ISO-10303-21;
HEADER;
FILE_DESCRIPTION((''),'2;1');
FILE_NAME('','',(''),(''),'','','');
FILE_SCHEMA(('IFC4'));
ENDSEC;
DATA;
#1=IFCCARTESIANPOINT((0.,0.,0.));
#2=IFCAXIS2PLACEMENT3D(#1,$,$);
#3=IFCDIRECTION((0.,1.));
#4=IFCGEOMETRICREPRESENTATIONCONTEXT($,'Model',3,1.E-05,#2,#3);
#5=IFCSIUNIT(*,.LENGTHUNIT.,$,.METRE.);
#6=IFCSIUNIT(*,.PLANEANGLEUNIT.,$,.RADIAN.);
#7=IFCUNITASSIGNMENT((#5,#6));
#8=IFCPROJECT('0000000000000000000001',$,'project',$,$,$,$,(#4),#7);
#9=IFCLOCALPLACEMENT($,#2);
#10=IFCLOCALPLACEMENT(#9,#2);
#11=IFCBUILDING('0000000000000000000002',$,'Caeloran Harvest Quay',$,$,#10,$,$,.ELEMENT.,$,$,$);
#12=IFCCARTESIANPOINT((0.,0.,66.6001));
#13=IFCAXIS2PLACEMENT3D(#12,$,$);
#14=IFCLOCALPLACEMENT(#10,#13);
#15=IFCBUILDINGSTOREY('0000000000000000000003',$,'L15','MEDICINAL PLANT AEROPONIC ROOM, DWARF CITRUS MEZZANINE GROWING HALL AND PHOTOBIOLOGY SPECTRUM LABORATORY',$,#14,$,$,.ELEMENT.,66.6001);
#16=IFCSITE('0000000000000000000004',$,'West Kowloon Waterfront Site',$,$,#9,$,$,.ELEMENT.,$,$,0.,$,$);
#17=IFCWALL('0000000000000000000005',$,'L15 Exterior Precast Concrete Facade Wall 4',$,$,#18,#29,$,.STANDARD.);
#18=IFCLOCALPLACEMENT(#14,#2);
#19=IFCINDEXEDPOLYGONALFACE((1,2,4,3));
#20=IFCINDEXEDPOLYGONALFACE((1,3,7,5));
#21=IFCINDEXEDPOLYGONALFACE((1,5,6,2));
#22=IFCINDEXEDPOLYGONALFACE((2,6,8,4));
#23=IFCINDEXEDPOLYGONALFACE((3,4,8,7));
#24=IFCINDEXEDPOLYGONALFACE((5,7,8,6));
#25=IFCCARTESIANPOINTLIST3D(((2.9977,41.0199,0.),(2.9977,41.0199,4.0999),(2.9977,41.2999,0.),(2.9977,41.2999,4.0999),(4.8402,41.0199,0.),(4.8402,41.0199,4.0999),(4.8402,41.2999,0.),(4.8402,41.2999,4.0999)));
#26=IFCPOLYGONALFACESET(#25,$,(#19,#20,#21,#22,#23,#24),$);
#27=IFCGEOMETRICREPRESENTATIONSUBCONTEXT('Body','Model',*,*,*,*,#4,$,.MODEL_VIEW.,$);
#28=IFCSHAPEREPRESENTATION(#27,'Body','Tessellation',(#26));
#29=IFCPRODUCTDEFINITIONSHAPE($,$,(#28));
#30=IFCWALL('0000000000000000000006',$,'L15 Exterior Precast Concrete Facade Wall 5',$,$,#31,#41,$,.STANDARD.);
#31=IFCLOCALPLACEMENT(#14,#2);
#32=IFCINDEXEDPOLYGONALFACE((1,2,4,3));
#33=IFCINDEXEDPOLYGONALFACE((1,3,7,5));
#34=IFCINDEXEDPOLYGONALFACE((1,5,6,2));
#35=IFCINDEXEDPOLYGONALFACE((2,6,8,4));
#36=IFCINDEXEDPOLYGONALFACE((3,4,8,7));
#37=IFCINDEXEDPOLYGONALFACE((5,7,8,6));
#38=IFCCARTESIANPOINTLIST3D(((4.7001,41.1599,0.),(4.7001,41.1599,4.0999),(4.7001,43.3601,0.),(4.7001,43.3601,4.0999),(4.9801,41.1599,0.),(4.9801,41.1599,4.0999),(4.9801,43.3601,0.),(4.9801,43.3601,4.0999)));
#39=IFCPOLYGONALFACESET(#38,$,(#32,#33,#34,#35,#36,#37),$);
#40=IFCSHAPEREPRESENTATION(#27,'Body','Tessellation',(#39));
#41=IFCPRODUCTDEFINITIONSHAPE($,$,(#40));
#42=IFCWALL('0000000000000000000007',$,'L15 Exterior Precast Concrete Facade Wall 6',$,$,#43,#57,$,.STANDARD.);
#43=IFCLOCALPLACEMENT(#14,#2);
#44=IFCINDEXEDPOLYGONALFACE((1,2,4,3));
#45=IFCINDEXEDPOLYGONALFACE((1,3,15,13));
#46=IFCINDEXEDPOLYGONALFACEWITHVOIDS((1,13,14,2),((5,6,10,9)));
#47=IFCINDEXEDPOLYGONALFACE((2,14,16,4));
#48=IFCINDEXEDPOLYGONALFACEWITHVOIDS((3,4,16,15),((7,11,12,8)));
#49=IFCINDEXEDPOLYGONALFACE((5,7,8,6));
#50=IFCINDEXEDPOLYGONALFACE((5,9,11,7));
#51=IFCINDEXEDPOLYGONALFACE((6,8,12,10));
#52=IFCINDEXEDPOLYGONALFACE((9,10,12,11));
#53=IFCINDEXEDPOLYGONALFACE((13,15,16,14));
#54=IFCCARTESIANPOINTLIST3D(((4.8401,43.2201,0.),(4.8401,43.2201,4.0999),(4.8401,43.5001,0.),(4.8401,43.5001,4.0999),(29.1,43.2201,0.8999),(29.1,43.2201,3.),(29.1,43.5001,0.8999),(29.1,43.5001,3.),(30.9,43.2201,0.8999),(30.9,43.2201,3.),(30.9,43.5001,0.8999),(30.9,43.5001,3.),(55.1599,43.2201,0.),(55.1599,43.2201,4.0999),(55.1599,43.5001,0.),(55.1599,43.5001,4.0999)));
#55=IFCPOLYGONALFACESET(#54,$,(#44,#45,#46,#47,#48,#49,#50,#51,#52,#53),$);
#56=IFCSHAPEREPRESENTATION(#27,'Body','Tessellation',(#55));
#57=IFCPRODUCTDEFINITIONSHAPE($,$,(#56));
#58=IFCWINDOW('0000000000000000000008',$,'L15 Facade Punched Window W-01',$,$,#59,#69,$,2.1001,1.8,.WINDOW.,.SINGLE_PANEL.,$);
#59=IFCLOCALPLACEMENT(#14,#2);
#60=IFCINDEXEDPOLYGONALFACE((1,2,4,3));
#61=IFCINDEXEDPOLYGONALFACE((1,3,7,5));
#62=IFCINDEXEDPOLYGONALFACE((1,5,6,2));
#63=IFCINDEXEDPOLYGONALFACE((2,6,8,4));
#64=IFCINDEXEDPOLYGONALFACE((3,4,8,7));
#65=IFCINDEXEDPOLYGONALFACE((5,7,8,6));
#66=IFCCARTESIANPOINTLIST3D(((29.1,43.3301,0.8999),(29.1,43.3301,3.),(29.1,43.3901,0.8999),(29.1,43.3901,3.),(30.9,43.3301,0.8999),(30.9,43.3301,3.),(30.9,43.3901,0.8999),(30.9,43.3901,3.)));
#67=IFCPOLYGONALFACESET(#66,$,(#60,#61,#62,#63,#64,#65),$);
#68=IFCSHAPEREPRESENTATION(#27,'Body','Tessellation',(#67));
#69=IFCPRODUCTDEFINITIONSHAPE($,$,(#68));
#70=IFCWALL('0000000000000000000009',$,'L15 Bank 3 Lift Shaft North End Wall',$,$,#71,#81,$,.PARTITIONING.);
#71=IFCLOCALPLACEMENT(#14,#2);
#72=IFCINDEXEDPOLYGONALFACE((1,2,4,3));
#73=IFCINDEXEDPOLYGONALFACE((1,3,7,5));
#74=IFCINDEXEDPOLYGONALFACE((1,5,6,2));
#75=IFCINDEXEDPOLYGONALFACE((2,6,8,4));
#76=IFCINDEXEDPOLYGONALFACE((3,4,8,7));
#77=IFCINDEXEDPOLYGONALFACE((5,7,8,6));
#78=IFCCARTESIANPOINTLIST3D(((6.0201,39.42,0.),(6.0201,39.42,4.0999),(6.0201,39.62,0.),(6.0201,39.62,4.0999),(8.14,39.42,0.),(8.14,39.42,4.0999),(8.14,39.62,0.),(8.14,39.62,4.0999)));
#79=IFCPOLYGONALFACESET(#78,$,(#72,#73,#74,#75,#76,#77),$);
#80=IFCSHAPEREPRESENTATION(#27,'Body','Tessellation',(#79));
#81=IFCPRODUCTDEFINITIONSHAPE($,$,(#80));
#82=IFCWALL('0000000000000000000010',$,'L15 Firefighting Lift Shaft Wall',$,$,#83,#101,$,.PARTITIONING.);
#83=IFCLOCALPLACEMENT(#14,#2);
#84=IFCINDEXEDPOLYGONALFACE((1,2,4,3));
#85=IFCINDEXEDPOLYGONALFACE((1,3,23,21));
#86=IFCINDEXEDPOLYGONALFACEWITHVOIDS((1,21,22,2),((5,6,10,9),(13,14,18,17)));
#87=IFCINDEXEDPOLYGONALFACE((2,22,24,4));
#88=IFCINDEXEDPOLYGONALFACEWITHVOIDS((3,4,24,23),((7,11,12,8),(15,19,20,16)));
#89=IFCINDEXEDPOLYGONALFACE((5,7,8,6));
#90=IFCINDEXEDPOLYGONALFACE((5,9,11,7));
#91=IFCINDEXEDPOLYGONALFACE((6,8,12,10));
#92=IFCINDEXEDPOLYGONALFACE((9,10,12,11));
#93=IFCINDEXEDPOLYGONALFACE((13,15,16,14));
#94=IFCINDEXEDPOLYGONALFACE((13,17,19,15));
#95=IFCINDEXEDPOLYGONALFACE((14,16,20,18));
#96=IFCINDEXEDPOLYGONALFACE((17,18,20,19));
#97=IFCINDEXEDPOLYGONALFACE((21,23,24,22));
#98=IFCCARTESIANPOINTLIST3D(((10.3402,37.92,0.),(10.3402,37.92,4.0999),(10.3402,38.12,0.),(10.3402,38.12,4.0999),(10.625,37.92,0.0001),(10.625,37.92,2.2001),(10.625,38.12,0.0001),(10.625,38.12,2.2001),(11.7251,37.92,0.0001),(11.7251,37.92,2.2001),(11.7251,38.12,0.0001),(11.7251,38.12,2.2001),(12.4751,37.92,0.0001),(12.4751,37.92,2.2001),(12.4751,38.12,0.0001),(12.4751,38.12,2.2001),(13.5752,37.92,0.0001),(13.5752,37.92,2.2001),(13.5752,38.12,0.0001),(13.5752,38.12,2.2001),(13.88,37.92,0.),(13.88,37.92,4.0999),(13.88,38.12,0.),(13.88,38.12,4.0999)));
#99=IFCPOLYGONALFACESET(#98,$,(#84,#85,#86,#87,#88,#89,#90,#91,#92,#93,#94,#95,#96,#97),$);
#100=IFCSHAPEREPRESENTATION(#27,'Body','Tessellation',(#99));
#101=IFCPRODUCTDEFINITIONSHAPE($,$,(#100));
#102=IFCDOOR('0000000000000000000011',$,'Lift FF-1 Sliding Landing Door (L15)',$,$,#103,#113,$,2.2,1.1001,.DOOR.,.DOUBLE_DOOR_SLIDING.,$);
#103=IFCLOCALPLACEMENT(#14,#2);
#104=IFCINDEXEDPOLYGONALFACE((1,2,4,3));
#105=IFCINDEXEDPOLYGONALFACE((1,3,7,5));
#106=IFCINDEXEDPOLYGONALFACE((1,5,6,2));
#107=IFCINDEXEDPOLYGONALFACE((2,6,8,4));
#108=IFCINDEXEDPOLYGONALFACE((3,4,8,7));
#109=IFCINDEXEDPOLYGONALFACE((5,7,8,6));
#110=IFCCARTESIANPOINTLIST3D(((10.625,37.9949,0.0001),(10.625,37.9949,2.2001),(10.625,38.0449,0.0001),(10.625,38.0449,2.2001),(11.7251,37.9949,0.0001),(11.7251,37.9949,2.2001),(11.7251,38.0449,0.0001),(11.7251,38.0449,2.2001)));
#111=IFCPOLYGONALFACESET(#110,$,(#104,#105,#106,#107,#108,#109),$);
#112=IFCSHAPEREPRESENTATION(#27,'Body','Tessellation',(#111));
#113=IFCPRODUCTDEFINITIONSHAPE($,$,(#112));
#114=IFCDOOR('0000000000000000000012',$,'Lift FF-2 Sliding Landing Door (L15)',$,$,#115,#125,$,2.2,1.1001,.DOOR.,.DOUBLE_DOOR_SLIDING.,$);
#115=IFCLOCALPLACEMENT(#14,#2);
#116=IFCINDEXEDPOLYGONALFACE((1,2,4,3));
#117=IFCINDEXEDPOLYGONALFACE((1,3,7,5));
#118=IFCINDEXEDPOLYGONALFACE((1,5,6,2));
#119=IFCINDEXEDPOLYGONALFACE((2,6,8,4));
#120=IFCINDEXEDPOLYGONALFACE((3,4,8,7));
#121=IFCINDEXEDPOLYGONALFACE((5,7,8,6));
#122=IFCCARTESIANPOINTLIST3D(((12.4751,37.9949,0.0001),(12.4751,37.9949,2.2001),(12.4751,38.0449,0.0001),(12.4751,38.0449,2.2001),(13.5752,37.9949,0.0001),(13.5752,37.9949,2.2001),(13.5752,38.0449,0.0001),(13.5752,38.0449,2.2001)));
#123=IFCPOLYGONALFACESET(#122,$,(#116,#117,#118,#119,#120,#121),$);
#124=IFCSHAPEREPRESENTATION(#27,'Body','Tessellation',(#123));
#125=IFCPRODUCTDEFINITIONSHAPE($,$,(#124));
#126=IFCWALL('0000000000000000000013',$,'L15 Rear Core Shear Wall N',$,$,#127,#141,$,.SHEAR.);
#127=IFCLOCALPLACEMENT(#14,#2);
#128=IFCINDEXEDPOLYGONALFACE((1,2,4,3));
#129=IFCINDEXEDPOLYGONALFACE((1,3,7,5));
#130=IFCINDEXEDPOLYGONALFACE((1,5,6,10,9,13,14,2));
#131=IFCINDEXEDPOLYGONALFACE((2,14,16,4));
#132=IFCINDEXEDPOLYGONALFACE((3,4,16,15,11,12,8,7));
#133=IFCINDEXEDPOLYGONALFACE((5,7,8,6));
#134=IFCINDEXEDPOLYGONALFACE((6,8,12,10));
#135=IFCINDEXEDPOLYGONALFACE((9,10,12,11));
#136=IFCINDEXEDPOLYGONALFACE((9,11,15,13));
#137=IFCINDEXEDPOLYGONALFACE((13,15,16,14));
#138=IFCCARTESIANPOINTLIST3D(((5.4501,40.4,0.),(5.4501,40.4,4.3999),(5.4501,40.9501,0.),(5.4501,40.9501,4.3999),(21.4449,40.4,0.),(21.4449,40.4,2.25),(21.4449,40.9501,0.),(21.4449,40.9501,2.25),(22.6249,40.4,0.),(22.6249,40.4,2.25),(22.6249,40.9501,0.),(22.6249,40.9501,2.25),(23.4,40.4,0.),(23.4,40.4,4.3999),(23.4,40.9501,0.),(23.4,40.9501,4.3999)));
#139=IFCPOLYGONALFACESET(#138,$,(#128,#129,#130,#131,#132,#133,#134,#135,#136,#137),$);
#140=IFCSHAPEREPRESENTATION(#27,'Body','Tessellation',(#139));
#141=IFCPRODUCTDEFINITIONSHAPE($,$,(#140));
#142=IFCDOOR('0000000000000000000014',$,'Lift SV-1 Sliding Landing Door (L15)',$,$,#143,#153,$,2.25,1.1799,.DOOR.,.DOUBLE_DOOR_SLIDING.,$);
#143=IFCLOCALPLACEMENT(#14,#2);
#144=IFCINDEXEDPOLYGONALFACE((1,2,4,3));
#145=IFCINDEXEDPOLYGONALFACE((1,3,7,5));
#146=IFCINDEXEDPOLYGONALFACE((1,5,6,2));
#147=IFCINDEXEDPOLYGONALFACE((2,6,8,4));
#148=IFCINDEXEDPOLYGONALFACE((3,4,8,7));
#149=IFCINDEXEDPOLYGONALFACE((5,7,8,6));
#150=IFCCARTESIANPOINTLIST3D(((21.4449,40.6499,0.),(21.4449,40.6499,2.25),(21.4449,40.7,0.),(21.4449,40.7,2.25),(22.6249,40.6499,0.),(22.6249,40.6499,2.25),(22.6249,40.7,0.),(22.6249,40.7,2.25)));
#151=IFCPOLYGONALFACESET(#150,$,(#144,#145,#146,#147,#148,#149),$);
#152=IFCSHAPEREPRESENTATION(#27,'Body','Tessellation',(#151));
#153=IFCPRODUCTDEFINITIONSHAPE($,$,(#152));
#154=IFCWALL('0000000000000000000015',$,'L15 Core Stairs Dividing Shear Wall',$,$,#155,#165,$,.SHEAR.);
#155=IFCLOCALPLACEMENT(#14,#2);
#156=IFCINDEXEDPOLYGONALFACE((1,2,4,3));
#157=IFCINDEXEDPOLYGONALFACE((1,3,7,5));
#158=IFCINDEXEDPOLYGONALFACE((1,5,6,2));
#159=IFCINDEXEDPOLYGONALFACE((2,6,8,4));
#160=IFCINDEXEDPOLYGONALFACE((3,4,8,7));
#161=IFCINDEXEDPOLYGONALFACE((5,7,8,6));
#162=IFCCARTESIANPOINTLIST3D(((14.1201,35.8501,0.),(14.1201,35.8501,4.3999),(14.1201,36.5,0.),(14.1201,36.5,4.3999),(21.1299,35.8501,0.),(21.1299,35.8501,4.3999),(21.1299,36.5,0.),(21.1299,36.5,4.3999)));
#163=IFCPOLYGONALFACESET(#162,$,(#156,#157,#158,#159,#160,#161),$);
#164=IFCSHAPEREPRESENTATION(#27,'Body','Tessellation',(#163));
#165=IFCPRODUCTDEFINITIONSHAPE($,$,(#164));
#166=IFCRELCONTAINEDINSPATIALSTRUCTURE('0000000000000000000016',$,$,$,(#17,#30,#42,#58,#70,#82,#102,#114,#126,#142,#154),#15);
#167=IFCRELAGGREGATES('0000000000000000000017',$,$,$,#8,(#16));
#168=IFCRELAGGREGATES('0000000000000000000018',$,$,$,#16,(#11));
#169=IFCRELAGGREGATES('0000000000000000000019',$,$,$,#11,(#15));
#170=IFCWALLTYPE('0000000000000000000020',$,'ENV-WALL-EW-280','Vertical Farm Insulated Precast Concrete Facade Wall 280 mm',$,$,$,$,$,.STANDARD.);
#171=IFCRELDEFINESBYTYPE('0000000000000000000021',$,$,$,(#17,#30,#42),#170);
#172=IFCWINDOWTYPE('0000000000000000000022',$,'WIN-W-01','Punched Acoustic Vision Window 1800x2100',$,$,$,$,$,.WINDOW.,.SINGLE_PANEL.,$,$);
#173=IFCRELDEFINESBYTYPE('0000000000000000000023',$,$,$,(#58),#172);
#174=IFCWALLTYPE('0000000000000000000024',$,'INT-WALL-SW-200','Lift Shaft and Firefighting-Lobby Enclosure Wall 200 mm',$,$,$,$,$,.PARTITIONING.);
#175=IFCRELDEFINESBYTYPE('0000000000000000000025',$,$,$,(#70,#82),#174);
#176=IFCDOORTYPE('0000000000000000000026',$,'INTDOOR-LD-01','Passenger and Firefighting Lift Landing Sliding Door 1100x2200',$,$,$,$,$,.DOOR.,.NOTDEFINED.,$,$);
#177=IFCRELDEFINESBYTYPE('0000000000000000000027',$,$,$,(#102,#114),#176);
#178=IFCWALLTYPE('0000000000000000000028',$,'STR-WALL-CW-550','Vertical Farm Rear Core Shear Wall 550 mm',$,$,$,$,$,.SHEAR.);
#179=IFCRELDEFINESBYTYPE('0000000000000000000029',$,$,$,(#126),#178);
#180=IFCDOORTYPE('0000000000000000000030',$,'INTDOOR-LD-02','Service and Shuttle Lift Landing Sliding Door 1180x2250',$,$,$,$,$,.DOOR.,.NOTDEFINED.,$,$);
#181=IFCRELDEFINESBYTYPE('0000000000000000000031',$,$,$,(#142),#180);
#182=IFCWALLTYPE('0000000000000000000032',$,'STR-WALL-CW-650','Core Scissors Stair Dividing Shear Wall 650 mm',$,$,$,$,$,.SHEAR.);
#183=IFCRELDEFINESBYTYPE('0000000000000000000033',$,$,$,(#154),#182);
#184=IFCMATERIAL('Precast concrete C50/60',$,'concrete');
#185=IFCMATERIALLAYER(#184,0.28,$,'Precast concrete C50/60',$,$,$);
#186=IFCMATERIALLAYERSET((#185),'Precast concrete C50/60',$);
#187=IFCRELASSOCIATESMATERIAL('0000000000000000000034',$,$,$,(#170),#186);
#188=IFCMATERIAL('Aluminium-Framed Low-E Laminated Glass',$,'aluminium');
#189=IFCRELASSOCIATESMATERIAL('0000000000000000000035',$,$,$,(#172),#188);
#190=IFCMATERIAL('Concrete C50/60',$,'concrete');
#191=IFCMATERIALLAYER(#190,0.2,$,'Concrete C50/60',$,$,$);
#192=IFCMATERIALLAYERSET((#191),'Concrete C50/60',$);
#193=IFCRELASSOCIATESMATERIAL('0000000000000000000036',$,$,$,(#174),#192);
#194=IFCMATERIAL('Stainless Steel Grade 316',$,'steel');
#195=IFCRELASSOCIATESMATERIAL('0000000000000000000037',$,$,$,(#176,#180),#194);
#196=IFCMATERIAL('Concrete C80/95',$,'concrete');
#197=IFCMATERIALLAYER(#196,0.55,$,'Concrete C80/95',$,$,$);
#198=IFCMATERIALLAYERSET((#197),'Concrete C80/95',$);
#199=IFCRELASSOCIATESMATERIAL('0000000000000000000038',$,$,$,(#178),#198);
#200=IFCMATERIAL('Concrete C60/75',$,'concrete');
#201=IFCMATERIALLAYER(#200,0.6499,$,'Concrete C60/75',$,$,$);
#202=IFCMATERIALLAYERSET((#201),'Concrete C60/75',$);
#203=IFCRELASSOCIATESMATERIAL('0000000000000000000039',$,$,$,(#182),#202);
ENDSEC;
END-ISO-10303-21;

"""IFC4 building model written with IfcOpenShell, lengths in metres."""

from ifc_helpers import new_model, si_unit, direction, frame, frame_2d, origin, place, context, subcontext, project, spatial, rectangle, extrude, material, layer, layer_set, type_object, element, fill, save


model = new_model("IFC4")

# Units and contexts
model_context = context("Model", 3, precision=1e-05, world=origin(), true_north=direction((0.0, 1.0)))
body_context = subcontext(model_context, "Body", "Model", "MODEL_VIEW")
ifc_project = project(units=[si_unit("LENGTHUNIT", "METRE"), si_unit("PLANEANGLEUNIT", "RADIAN")], contexts=[model_context])

# Site, building, storey
site_placement = place(None, origin())
site = spatial("IfcSite", under=ifc_project, at=site_placement, Name="West Kowloon Waterfront Site", CompositionType="ELEMENT", RefElevation=0.0)
building_placement = place(site_placement, origin())
building = spatial("IfcBuilding", under=site, at=building_placement, Name="Caeloran Harvest Quay", CompositionType="ELEMENT")
storey_placement = place(building_placement, frame((0.0, 0.0, 66.6001)))
storey = spatial("IfcBuildingStorey", under=building, at=storey_placement, Name="L15", Description="MEDICINAL PLANT AEROPONIC ROOM, DWARF CITRUS MEZZANINE GROWING HALL AND PHOTOBIOLOGY SPECTRUM LABORATORY", CompositionType="ELEMENT", Elevation=66.6001)

# Walls
ifc_material_1 = material(Name="Precast concrete C50/60", Category="concrete")
ifc_layer_1 = layer(ifc_material_1, 0.28, Name="Precast concrete C50/60")
ifc_layer_set_1 = layer_set([ifc_layer_1], Name="Precast concrete C50/60")
wall_type_1 = type_object("IfcWallType", Name="ENV-WALL-EW-280", Description="Vertical Farm Insulated Precast Concrete Facade Wall 280 mm", PredefinedType="STANDARD", material=ifc_layer_set_1)
wall_1_placement = place(storey_placement, frame((2.9976, 41.1599, 0.0), z_axis=(0.0, 0.0, 1.0), x_axis=(1.0, 0.0, 0.0)))
element("IfcWall", 1, at=wall_1_placement, inside=storey, type_object=wall_type_1, Name="L15 Exterior Precast Concrete Facade Wall 4", PredefinedType="STANDARD", context=body_context, shape_type="SweptSolid", body=[
    extrude(rectangle(XDim=1.8425, YDim=0.28, at=frame_2d((0.9214, 0.0))), origin(), (0.0, 0.0, 1.0), 4.0999),
])
wall_2_placement = place(storey_placement, frame((4.8401, 41.1599, 0.0), z_axis=(0.0, 0.0, 1.0), x_axis=(0.0, 1.0, 0.0)))
element("IfcWall", 2, at=wall_2_placement, inside=storey, type_object=wall_type_1, Name="L15 Exterior Precast Concrete Facade Wall 5", PredefinedType="STANDARD", context=body_context, shape_type="SweptSolid", body=[
    extrude(rectangle(XDim=2.2002, YDim=0.28, at=frame_2d((1.1001, 0.0))), origin(), (0.0, 0.0, 1.0), 4.0999),
])

# Wall, opening, window
wall_3_placement = place(storey_placement, frame((4.8401, 43.3601, 0.0), z_axis=(0.0, 0.0, 1.0), x_axis=(1.0, 0.0, 0.0)))
wall_3 = element("IfcWall", 3, at=wall_3_placement, inside=storey, type_object=wall_type_1, Name="L15 Exterior Precast Concrete Facade Wall 6", PredefinedType="STANDARD", context=body_context, shape_type="SweptSolid", body=[
    extrude(rectangle(XDim=50.3198, YDim=0.28, at=frame_2d((25.1599, 0.0))), origin(), (0.0, 0.0, 1.0), 4.0999),
])
opening_1_placement = place(wall_3_placement, frame((24.26, 0.0, 0.8999)))
opening_1 = element("IfcOpeningElement", 4, at=opening_1_placement, cuts=wall_3, PredefinedType="OPENING", context=body_context, shape_type="SweptSolid", body=[
    extrude(rectangle(XDim=1.8, YDim=2.1001, at=frame_2d((0.8999, 1.05))), frame((0.0, 0.1499, 0.0), z_axis=(0.0, -1.0, 0.0), x_axis=(1.0, 0.0, 0.0)), (0.0, 0.0, 1.0), 0.3),
])
ifc_material_2 = material(Name="Aluminium-Framed Low-E Laminated Glass", Category="aluminium")
window_type = type_object("IfcWindowType", Name="WIN-W-01", Description="Punched Acoustic Vision Window 1800x2100", PartitioningType="SINGLE_PANEL", PredefinedType="WINDOW", material=ifc_material_2)
window_placement = place(opening_1_placement, origin())
window = element("IfcWindow", 5, at=window_placement, inside=storey, type_object=window_type, Name="L15 Facade Punched Window W-01", OverallHeight=2.1001, OverallWidth=1.8, PartitioningType="SINGLE_PANEL", PredefinedType="WINDOW", context=body_context, shape_type="SweptSolid", body=[
    extrude(rectangle(XDim=1.8, YDim=2.1001, at=frame_2d((0.8999, 1.05))), frame((0.0, 0.03, 0.0), z_axis=(0.0, -1.0, 0.0), x_axis=(1.0, 0.0, 0.0)), (0.0, 0.0, 1.0), 0.0601),
])
fill(opening_1, window)

# Wall
ifc_material_3 = material(Name="Concrete C50/60", Category="concrete")
ifc_layer_2 = layer(ifc_material_3, 0.2, Name="Concrete C50/60")
ifc_layer_set_2 = layer_set([ifc_layer_2], Name="Concrete C50/60")
wall_type_2 = type_object("IfcWallType", Name="INT-WALL-SW-200", Description="Lift Shaft and Firefighting-Lobby Enclosure Wall 200 mm", PredefinedType="PARTITIONING", material=ifc_layer_set_2)
wall_4_placement = place(storey_placement, frame((6.02, 39.52, 0.0), z_axis=(0.0, 0.0, 1.0), x_axis=(1.0, 0.0, 0.0)))
element("IfcWall", 6, at=wall_4_placement, inside=storey, type_object=wall_type_2, Name="L15 Bank 3 Lift Shaft North End Wall", PredefinedType="PARTITIONING", context=body_context, shape_type="SweptSolid", body=[
    extrude(rectangle(XDim=2.1199, YDim=0.2, at=frame_2d((1.0601, 0.0))), origin(), (0.0, 0.0, 1.0), 4.0999),
])

# Wall, openings, doors
wall_5_placement = place(storey_placement, frame((10.3401, 38.02, 0.0), z_axis=(0.0, 0.0, 1.0), x_axis=(1.0, 0.0, 0.0)))
wall_5 = element("IfcWall", 7, at=wall_5_placement, inside=storey, type_object=wall_type_2, Name="L15 Firefighting Lift Shaft Wall", PredefinedType="PARTITIONING", context=body_context, shape_type="SweptSolid", body=[
    extrude(rectangle(XDim=3.5398, YDim=0.2, at=frame_2d((1.77, 0.0))), origin(), (0.0, 0.0, 1.0), 4.0999),
])
opening_2_placement = place(wall_5_placement, frame((0.2849, 0.0, 0.0)))
opening_2 = element("IfcOpeningElement", 8, at=opening_2_placement, cuts=wall_5, PredefinedType="OPENING", context=body_context, shape_type="SweptSolid", body=[
    extrude(rectangle(XDim=1.1001, YDim=2.2, at=frame_2d((0.55, 1.1001))), frame((0.0, 0.1099, 0.0), z_axis=(0.0, -1.0, 0.0), x_axis=(1.0, 0.0, 0.0)), (0.0, 0.0, 1.0), 0.22),
])
opening_3_placement = place(wall_5_placement, frame((2.135, 0.0, 0.0)))
opening_3 = element("IfcOpeningElement", 9, at=opening_3_placement, cuts=wall_5, PredefinedType="OPENING", context=body_context, shape_type="SweptSolid", body=[
    extrude(rectangle(XDim=1.1001, YDim=2.2, at=frame_2d((0.55, 1.1001))), frame((0.0, 0.1099, 0.0), z_axis=(0.0, -1.0, 0.0), x_axis=(1.0, 0.0, 0.0)), (0.0, 0.0, 1.0), 0.22),
])
ifc_material_4 = material(Name="Stainless Steel Grade 316", Category="steel")
door_type_1 = type_object("IfcDoorType", Name="INTDOOR-LD-01", Description="Passenger and Firefighting Lift Landing Sliding Door 1100x2200", OperationType="NOTDEFINED", PredefinedType="DOOR", material=ifc_material_4)
door_1_placement = place(opening_2_placement, origin())
door_1 = element("IfcDoor", 10, at=door_1_placement, inside=storey, type_object=door_type_1, Name="Lift FF-1 Sliding Landing Door (L15)", OperationType="DOUBLE_DOOR_SLIDING", OverallHeight=2.2, OverallWidth=1.1001, PredefinedType="DOOR", context=body_context, shape_type="SweptSolid", body=[
    extrude(rectangle(XDim=1.1001, YDim=2.2, at=frame_2d((0.55, 1.1001))), frame((0.0, 0.0249, 0.0), z_axis=(0.0, -1.0, 0.0), x_axis=(1.0, 0.0, 0.0)), (0.0, 0.0, 1.0), 0.05),
])
fill(opening_2, door_1)
door_2_placement = place(opening_3_placement, origin())
door_2 = element("IfcDoor", 11, at=door_2_placement, inside=storey, type_object=door_type_1, Name="Lift FF-2 Sliding Landing Door (L15)", OperationType="DOUBLE_DOOR_SLIDING", OverallHeight=2.2, OverallWidth=1.1001, PredefinedType="DOOR", context=body_context, shape_type="SweptSolid", body=[
    extrude(rectangle(XDim=1.1001, YDim=2.2, at=frame_2d((0.55, 1.1001))), frame((0.0, 0.0249, 0.0), z_axis=(0.0, -1.0, 0.0), x_axis=(1.0, 0.0, 0.0)), (0.0, 0.0, 1.0), 0.05),
])
fill(opening_3, door_2)

# Wall, opening, door
ifc_material_5 = material(Name="Concrete C80/95", Category="concrete")
ifc_layer_3 = layer(ifc_material_5, 0.55, Name="Concrete C80/95")
ifc_layer_set_3 = layer_set([ifc_layer_3], Name="Concrete C80/95")
wall_type_3 = type_object("IfcWallType", Name="STR-WALL-CW-550", Description="Vertical Farm Rear Core Shear Wall 550 mm", PredefinedType="SHEAR", material=ifc_layer_set_3)
wall_6_placement = place(storey_placement, frame((5.45, 40.675, 0.0), z_axis=(0.0, 0.0, 1.0), x_axis=(1.0, 0.0, 0.0)))
wall_6 = element("IfcWall", 12, at=wall_6_placement, inside=storey, type_object=wall_type_3, Name="L15 Rear Core Shear Wall N", PredefinedType="SHEAR", context=body_context, shape_type="SweptSolid", body=[
    extrude(rectangle(XDim=17.95, YDim=0.55, at=frame_2d((8.9751, 0.0))), origin(), (0.0, 0.0, 1.0), 4.3999),
])
opening_4_placement = place(wall_6_placement, frame((15.9951, 0.0, 0.0)))
opening_4 = element("IfcOpeningElement", 13, at=opening_4_placement, cuts=wall_6, PredefinedType="OPENING", context=body_context, shape_type="SweptSolid", body=[
    extrude(rectangle(XDim=1.1799, YDim=2.25, at=frame_2d((0.5898, 1.125))), frame((0.0, 0.2852, 0.0), z_axis=(0.0, -1.0, 0.0), x_axis=(1.0, 0.0, 0.0)), (0.0, 0.0, 1.0), 0.5701),
])
door_type_2 = type_object("IfcDoorType", Name="INTDOOR-LD-02", Description="Service and Shuttle Lift Landing Sliding Door 1180x2250", OperationType="NOTDEFINED", PredefinedType="DOOR", material=ifc_material_4)
door_3_placement = place(opening_4_placement, origin())
door_3 = element("IfcDoor", 14, at=door_3_placement, inside=storey, type_object=door_type_2, Name="Lift SV-1 Sliding Landing Door (L15)", OperationType="DOUBLE_DOOR_SLIDING", OverallHeight=2.25, OverallWidth=1.1799, PredefinedType="DOOR", context=body_context, shape_type="SweptSolid", body=[
    extrude(rectangle(XDim=1.1799, YDim=2.25, at=frame_2d((0.5898, 1.125))), frame((0.0, 0.0249, 0.0), z_axis=(0.0, -1.0, 0.0), x_axis=(1.0, 0.0, 0.0)), (0.0, 0.0, 1.0), 0.05),
])
fill(opening_4, door_3)

# Wall
ifc_material_6 = material(Name="Concrete C60/75", Category="concrete")
ifc_layer_4 = layer(ifc_material_6, 0.6499, Name="Concrete C60/75")
ifc_layer_set_4 = layer_set([ifc_layer_4], Name="Concrete C60/75")
wall_type_4 = type_object("IfcWallType", Name="STR-WALL-CW-650", Description="Core Scissors Stair Dividing Shear Wall 650 mm", PredefinedType="SHEAR", material=ifc_layer_set_4)
wall_7_placement = place(storey_placement, frame((14.1201, 36.175, 0.0), z_axis=(0.0, 0.0, 1.0), x_axis=(1.0, 0.0, 0.0)))
element("IfcWall", 15, at=wall_7_placement, inside=storey, type_object=wall_type_4, Name="L15 Core Stairs Dividing Shear Wall", PredefinedType="SHEAR", context=body_context, shape_type="SweptSolid", body=[
    extrude(rectangle(XDim=7.0098, YDim=0.6499, at=frame_2d((3.5049, 0.0))), origin(), (0.0, 0.0, 1.0), 4.3999),
])

save(model, "model.ifc")
